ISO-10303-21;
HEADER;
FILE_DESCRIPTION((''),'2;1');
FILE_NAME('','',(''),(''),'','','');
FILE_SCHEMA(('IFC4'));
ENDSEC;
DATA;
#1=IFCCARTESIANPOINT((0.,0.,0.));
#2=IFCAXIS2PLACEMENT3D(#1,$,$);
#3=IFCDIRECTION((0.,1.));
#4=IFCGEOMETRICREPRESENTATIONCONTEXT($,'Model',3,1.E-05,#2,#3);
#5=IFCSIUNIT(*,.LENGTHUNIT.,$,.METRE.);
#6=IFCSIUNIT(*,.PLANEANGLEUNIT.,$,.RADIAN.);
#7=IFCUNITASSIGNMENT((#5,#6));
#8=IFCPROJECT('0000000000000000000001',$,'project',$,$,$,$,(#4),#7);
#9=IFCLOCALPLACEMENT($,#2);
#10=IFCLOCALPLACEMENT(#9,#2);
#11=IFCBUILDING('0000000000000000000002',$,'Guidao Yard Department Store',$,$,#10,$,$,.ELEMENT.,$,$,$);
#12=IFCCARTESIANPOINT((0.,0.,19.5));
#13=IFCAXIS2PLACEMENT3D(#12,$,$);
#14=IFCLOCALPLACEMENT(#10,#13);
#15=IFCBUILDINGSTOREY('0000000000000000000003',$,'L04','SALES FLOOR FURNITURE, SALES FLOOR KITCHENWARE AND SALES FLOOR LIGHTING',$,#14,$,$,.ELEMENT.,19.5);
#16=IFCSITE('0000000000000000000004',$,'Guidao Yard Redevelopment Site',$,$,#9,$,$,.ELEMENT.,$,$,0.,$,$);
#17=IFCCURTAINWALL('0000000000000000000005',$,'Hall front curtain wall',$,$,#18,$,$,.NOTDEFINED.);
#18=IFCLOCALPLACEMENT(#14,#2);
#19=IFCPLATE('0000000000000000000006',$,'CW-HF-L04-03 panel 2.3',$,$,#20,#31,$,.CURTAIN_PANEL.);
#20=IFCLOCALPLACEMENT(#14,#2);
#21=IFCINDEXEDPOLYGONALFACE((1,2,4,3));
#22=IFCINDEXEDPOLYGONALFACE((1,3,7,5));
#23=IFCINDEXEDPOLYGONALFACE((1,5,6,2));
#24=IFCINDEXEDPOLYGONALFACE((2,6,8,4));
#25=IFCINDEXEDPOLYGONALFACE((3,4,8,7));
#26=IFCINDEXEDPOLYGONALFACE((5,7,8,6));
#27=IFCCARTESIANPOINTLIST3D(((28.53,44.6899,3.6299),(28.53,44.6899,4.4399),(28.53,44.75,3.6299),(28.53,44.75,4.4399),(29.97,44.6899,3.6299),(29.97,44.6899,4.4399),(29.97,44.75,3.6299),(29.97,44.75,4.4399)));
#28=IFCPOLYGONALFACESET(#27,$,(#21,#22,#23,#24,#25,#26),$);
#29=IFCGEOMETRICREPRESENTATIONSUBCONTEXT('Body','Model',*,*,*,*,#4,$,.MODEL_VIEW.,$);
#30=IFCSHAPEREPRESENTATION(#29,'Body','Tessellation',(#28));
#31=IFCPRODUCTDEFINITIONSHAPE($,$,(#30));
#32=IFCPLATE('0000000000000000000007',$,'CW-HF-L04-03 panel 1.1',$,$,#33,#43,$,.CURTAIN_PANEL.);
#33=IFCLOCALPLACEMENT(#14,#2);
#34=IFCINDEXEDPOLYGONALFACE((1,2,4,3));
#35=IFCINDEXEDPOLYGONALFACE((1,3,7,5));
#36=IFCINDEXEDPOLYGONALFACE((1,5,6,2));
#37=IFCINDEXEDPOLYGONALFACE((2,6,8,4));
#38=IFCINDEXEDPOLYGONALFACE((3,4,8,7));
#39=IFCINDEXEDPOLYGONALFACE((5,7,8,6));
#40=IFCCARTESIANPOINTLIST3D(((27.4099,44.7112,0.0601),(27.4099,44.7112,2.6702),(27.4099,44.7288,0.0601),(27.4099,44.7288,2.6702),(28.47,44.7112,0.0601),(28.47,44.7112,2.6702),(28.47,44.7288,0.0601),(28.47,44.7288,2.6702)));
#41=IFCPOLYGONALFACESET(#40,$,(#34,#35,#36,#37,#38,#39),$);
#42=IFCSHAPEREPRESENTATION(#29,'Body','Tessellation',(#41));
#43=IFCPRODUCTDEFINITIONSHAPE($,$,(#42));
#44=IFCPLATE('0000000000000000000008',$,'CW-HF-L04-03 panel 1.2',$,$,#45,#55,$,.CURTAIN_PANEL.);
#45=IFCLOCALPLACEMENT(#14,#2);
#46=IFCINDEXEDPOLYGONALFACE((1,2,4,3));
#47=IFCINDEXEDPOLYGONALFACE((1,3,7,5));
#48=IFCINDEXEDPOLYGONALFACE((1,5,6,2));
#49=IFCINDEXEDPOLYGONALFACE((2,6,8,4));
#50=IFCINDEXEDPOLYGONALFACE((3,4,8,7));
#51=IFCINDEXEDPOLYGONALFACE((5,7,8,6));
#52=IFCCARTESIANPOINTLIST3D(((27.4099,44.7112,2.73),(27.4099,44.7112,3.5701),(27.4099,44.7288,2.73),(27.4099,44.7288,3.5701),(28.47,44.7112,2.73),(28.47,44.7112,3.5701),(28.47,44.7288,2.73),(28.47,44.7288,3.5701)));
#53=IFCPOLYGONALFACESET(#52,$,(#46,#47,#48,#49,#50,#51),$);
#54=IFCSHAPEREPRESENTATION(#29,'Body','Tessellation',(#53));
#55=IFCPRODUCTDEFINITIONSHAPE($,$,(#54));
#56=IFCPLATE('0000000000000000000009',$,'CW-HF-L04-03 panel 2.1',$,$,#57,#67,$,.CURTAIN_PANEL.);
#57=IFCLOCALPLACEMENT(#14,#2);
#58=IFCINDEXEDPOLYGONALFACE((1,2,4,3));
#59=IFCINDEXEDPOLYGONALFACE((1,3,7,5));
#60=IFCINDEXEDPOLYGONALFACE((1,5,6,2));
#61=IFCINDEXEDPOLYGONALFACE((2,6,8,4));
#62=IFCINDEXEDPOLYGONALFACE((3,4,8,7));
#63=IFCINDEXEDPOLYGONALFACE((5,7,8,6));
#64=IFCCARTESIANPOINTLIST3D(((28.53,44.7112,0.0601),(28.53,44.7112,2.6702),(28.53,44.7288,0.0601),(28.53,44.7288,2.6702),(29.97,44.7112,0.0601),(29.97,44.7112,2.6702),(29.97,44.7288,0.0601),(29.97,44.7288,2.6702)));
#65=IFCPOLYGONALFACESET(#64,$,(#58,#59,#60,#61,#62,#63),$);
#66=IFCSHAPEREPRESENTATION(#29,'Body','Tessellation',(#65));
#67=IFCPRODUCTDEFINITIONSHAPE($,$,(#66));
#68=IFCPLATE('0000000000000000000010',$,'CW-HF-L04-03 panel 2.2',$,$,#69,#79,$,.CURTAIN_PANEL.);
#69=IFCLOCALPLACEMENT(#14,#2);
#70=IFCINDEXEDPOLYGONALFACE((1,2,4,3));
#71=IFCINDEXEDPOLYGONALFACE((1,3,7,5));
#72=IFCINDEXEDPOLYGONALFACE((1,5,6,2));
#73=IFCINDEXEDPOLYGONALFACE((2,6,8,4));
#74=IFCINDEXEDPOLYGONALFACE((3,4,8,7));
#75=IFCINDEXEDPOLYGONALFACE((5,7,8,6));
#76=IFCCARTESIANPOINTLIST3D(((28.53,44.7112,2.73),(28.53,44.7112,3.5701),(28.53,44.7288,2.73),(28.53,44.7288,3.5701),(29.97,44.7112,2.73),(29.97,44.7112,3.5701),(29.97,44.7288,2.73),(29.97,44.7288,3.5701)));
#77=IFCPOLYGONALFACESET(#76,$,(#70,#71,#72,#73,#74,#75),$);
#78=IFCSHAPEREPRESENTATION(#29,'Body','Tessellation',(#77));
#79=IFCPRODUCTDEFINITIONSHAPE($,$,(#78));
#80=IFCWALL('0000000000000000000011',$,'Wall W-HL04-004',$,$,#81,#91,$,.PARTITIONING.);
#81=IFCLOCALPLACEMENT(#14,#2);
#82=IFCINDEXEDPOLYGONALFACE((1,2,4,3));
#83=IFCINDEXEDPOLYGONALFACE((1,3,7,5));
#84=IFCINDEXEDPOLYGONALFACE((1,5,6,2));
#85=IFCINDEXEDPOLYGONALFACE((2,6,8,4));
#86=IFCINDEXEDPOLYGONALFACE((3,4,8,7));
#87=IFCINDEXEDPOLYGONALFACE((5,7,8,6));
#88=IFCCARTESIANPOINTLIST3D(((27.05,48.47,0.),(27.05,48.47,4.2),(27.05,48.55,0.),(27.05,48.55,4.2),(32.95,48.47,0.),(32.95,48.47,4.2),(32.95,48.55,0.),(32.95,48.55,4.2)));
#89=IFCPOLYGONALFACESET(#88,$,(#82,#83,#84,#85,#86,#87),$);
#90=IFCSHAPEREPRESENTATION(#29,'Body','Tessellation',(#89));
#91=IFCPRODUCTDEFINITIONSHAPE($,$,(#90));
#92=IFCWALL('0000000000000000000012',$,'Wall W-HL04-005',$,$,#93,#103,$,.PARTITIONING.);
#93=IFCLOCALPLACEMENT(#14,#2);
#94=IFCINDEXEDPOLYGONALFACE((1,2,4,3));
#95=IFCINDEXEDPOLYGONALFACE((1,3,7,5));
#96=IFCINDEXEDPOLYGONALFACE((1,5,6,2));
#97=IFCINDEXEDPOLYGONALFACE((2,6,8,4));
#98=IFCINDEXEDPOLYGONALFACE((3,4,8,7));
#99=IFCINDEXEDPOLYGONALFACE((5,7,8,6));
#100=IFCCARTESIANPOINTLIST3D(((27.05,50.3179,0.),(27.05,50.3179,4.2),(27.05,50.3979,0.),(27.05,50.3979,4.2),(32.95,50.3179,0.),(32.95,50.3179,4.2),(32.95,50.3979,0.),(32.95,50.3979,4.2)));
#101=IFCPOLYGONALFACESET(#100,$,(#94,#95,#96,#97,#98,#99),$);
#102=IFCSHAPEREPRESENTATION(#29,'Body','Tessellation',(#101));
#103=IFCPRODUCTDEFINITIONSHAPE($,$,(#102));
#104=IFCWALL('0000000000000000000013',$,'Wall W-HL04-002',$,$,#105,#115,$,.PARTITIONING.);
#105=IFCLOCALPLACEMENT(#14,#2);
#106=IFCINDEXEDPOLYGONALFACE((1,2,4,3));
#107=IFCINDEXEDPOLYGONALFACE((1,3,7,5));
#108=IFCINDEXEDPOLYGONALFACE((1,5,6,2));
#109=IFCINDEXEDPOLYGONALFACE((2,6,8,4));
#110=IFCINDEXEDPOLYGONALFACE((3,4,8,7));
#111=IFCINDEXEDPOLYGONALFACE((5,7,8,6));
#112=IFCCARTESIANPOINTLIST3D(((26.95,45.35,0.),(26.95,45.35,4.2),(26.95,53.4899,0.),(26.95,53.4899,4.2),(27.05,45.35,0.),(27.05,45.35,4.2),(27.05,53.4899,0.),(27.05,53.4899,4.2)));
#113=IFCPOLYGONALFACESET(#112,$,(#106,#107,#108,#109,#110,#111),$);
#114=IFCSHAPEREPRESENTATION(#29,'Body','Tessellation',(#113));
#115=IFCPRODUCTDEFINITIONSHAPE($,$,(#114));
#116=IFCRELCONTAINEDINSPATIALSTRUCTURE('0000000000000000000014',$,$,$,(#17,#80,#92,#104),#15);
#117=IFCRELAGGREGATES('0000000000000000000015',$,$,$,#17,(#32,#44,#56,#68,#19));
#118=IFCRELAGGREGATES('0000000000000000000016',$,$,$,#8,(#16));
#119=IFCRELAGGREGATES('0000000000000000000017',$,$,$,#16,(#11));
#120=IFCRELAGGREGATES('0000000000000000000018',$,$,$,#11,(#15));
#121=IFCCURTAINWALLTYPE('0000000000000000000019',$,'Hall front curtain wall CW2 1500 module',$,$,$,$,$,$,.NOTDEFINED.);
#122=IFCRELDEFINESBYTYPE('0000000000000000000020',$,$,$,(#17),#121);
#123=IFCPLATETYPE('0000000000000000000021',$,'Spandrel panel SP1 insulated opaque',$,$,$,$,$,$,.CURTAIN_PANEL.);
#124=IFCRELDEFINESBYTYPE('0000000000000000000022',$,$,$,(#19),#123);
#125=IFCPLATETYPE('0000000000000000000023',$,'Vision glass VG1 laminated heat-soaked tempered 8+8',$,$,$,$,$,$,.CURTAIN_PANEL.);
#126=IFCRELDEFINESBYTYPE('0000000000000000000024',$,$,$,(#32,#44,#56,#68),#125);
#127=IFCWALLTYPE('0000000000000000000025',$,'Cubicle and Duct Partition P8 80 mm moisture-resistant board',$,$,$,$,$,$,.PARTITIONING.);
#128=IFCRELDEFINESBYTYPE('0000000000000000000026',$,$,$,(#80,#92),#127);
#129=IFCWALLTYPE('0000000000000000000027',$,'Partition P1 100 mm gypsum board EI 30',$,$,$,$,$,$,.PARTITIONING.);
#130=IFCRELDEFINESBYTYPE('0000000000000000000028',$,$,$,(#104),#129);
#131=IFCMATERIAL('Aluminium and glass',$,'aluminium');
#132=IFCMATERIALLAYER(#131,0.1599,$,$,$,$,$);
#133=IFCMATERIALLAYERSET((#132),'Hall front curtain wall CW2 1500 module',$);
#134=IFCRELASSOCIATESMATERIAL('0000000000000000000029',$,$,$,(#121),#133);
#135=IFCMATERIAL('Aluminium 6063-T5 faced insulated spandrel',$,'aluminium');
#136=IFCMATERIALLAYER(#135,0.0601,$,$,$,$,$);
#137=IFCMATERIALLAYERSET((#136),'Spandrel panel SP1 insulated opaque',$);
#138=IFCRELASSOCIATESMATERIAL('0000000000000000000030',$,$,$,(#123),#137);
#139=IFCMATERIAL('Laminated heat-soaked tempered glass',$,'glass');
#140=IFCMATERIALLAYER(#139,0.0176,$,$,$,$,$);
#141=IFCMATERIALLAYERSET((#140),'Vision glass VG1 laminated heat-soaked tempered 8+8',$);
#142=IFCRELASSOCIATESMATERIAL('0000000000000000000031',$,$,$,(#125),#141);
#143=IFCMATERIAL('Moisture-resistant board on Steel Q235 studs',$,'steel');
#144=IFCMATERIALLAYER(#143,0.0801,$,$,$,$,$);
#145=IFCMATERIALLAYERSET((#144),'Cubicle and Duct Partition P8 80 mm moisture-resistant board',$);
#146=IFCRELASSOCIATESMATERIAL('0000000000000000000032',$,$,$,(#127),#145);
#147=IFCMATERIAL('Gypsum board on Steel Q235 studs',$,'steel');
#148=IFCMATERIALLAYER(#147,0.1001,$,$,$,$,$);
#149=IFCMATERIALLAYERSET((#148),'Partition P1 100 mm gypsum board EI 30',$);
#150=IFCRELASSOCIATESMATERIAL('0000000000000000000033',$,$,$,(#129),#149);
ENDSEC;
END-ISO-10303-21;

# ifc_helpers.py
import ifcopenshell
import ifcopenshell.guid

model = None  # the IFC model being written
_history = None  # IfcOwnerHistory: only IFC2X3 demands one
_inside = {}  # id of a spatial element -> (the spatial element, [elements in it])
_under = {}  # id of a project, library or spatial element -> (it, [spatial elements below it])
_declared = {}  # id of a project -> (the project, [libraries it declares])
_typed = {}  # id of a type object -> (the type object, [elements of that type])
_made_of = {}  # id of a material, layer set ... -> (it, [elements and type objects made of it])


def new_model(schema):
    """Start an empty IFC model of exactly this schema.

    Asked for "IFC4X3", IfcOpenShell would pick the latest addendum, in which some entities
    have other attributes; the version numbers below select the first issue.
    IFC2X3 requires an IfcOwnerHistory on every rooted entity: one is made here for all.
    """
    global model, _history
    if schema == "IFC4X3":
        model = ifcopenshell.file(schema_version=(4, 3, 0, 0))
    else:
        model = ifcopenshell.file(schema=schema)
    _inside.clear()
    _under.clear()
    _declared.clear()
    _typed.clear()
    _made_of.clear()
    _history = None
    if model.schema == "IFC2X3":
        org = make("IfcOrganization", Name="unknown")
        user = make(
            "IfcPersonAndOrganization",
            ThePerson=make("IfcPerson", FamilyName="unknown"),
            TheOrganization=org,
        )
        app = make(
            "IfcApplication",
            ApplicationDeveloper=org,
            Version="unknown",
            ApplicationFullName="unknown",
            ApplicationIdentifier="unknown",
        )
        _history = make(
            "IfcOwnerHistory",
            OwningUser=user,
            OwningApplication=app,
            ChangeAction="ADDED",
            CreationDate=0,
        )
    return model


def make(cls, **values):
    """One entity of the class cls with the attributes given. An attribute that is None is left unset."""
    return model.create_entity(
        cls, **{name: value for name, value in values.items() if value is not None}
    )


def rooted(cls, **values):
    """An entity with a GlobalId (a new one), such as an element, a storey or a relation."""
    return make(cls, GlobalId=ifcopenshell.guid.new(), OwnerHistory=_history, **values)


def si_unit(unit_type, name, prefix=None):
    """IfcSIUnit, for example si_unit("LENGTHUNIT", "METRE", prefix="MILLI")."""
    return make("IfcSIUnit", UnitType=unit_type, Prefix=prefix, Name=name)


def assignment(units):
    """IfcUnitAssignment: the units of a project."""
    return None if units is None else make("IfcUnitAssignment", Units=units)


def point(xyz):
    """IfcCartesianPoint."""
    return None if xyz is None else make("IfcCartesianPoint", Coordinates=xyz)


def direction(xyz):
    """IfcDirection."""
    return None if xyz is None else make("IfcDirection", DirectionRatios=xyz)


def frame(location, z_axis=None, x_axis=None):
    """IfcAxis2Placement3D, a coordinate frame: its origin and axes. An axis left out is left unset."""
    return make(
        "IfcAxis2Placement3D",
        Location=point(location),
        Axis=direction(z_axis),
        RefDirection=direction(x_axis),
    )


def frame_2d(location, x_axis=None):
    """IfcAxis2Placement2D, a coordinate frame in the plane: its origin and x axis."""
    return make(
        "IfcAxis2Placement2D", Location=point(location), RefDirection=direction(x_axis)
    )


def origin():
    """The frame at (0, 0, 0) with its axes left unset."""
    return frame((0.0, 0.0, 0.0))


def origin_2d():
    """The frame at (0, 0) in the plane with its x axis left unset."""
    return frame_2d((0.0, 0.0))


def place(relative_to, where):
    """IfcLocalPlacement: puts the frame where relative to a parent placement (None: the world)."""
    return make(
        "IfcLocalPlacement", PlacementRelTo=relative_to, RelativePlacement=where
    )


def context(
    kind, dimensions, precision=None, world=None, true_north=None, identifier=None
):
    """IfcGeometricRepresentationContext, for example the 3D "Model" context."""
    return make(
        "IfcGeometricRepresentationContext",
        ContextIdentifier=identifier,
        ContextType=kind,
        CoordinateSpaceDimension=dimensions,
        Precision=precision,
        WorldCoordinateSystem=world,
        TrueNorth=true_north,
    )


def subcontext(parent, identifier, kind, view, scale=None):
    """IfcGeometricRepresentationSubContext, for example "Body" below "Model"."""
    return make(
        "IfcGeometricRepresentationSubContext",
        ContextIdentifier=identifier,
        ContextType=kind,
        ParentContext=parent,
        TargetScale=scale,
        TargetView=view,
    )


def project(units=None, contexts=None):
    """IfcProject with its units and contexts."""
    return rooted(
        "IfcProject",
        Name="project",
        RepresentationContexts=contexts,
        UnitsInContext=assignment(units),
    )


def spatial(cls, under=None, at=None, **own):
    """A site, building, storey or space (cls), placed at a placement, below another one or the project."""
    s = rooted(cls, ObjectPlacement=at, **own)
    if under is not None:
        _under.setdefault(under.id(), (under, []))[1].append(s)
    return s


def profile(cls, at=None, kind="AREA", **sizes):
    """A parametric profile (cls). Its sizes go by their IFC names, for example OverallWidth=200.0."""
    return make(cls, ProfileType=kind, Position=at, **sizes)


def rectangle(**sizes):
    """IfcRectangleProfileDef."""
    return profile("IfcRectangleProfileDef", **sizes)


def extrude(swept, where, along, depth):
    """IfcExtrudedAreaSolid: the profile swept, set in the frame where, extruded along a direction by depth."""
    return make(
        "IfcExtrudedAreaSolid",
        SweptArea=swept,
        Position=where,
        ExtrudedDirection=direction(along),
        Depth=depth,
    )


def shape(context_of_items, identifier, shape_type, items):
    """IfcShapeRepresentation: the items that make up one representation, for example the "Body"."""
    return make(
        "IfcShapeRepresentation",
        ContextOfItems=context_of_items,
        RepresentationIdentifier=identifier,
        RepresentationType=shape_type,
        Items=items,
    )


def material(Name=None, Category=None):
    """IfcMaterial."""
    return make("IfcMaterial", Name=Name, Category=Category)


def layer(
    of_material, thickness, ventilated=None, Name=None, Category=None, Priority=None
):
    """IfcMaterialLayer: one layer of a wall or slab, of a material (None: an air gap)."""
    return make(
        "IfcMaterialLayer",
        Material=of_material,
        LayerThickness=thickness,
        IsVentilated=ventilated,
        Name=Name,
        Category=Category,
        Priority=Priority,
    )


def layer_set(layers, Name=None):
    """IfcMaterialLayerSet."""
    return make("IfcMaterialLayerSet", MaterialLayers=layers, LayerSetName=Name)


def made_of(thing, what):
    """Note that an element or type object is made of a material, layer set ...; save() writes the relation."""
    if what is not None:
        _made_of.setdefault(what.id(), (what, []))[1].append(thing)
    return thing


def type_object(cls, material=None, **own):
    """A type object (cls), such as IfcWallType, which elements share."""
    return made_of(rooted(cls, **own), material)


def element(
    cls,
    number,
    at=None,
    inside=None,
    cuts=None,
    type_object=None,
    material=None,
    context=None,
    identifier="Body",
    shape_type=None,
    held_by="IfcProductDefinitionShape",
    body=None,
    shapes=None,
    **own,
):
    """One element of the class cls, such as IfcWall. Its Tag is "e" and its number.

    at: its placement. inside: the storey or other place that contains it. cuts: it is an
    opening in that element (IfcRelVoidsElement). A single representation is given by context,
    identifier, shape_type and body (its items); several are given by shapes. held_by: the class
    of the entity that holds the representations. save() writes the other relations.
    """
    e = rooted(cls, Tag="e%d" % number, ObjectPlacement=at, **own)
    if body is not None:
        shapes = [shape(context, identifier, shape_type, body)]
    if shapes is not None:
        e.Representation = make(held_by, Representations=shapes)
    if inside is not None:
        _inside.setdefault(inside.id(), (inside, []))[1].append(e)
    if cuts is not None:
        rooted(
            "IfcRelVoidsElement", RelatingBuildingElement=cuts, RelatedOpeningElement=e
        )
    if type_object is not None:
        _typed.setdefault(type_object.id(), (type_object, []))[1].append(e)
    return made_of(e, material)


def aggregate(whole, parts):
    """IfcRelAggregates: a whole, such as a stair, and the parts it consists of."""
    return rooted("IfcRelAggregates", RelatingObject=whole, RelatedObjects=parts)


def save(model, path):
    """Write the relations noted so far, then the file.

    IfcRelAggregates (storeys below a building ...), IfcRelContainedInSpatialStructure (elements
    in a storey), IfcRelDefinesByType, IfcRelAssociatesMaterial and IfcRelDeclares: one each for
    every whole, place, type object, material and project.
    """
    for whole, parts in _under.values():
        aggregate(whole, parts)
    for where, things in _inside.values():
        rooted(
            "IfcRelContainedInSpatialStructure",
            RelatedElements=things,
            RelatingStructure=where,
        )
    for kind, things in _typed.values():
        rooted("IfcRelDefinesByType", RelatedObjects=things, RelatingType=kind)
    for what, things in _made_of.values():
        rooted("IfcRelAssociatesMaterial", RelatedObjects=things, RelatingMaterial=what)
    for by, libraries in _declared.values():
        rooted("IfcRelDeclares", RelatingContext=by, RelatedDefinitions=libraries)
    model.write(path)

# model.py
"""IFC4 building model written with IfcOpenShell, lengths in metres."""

from ifc_helpers import new_model, si_unit, direction, frame, frame_2d, origin, origin_2d, place, context, subcontext, project, spatial, rectangle, extrude, material, layer, layer_set, type_object, element, aggregate, save


model = new_model("IFC4")

# Units and contexts
model_context = context("Model", 3, precision=1e-05, world=origin(), true_north=direction((0.0, 1.0)))
body_context = subcontext(model_context, "Body", "Model", "MODEL_VIEW")
ifc_project = project(units=[si_unit("LENGTHUNIT", "METRE"), si_unit("PLANEANGLEUNIT", "RADIAN")], contexts=[model_context])

# Site, building, storey
site_placement = place(None, origin())
site = spatial("IfcSite", under=ifc_project, at=site_placement, Name="Guidao Yard Redevelopment Site", CompositionType="ELEMENT", RefElevation=0.0)
building_placement = place(site_placement, origin())
building = spatial("IfcBuilding", under=site, at=building_placement, Name="Guidao Yard Department Store", CompositionType="ELEMENT")
storey_placement = place(building_placement, frame((0.0, 0.0, 19.5)))
storey = spatial("IfcBuildingStorey", under=building, at=storey_placement, Name="L04", Description="SALES FLOOR FURNITURE, SALES FLOOR KITCHENWARE AND SALES FLOOR LIGHTING", CompositionType="ELEMENT", Elevation=19.5)

# Shared definitions
ifc_material_1 = material(Name="Aluminium and glass", Category="aluminium")
ifc_layer_1 = layer(ifc_material_1, 0.1599)
ifc_layer_set_1 = layer_set([ifc_layer_1], Name="Hall front curtain wall CW2 1500 module")
curtain_wall_type = type_object("IfcCurtainWallType", Name="Hall front curtain wall CW2 1500 module", PredefinedType="NOTDEFINED", material=ifc_layer_set_1)

# Curtain wall
curtain_wall_1_placement = place(storey_placement, origin())
curtain_wall_1 = element("IfcCurtainWall", 1, at=curtain_wall_1_placement, inside=storey, type_object=curtain_wall_type, Name="Hall front curtain wall", PredefinedType="NOTDEFINED")

# Plates
ifc_material_2 = material(Name="Aluminium 6063-T5 faced insulated spandrel", Category="aluminium")
ifc_layer_2 = layer(ifc_material_2, 0.0601)
ifc_layer_set_2 = layer_set([ifc_layer_2], Name="Spandrel panel SP1 insulated opaque")
plate_type_1 = type_object("IfcPlateType", Name="Spandrel panel SP1 insulated opaque", PredefinedType="CURTAIN_PANEL", material=ifc_layer_set_2)
plate_1_placement = place(storey_placement, frame((29.25, 44.72, 3.6299), z_axis=(0.0, 0.0, 1.0), x_axis=(-1.0, 0.0, 0.0)))
plate_1 = element("IfcPlate", 2, at=plate_1_placement, type_object=plate_type_1, Name="CW-HF-L04-03 panel 2.3", PredefinedType="CURTAIN_PANEL", context=body_context, shape_type="SweptSolid", body=[
    extrude(rectangle(XDim=1.4399, YDim=0.0601, at=origin_2d()), origin(), (0.0, 0.0, 1.0), 0.8101),
])
ifc_material_3 = material(Name="Laminated heat-soaked tempered glass", Category="glass")
ifc_layer_3 = layer(ifc_material_3, 0.0176)
ifc_layer_set_3 = layer_set([ifc_layer_3], Name="Vision glass VG1 laminated heat-soaked tempered 8+8")
plate_type_2 = type_object("IfcPlateType", Name="Vision glass VG1 laminated heat-soaked tempered 8+8", PredefinedType="CURTAIN_PANEL", material=ifc_layer_set_3)
plate_2_placement = place(storey_placement, frame((27.9399, 44.72, 0.0601), z_axis=(0.0, 0.0, 1.0), x_axis=(-1.0, 0.0, 0.0)))
plate_2 = element("IfcPlate", 3, at=plate_2_placement, type_object=plate_type_2, Name="CW-HF-L04-03 panel 1.1", PredefinedType="CURTAIN_PANEL", context=body_context, shape_type="SweptSolid", body=[
    extrude(rectangle(XDim=1.0601, YDim=0.0176, at=origin_2d()), origin(), (0.0, 0.0, 1.0), 2.6101),
])
plate_3_placement = place(storey_placement, frame((27.9399, 44.72, 2.73), z_axis=(0.0, 0.0, 1.0), x_axis=(-1.0, 0.0, 0.0)))
plate_3 = element("IfcPlate", 4, at=plate_3_placement, type_object=plate_type_2, Name="CW-HF-L04-03 panel 1.2", PredefinedType="CURTAIN_PANEL", context=body_context, shape_type="SweptSolid", body=[
    extrude(rectangle(XDim=1.0601, YDim=0.0176, at=origin_2d()), origin(), (0.0, 0.0, 1.0), 0.8401),
])
plate_4_placement = place(storey_placement, frame((29.25, 44.72, 0.0601), z_axis=(0.0, 0.0, 1.0), x_axis=(-1.0, 0.0, 0.0)))
plate_4 = element("IfcPlate", 5, at=plate_4_placement, type_object=plate_type_2, Name="CW-HF-L04-03 panel 2.1", PredefinedType="CURTAIN_PANEL", context=body_context, shape_type="SweptSolid", body=[
    extrude(rectangle(XDim=1.4399, YDim=0.0176, at=origin_2d()), origin(), (0.0, 0.0, 1.0), 2.6101),
])
plate_5_placement = place(storey_placement, frame((29.25, 44.72, 2.73), z_axis=(0.0, 0.0, 1.0), x_axis=(-1.0, 0.0, 0.0)))
plate_5 = element("IfcPlate", 6, at=plate_5_placement, type_object=plate_type_2, Name="CW-HF-L04-03 panel 2.2", PredefinedType="CURTAIN_PANEL", context=body_context, shape_type="SweptSolid", body=[
    extrude(rectangle(XDim=1.4399, YDim=0.0176, at=origin_2d()), origin(), (0.0, 0.0, 1.0), 0.8401),
])
aggregate(curtain_wall_1, [plate_2, plate_3, plate_4, plate_5, plate_1])

# Walls
ifc_material_4 = material(Name="Moisture-resistant board on Steel Q235 studs", Category="steel")
ifc_layer_4 = layer(ifc_material_4, 0.0801)
ifc_layer_set_4 = layer_set([ifc_layer_4], Name="Cubicle and Duct Partition P8 80 mm moisture-resistant board")
wall_type_1 = type_object("IfcWallType", Name="Cubicle and Duct Partition P8 80 mm moisture-resistant board", PredefinedType="PARTITIONING", material=ifc_layer_set_4)
for number, where, z_axis, x_axis, name in (
    (7, (27.05, 48.51, 0.0), (0.0, 0.0, 1.0), (1.0, 0.0, 0.0), "Wall W-HL04-004"),
    (8, (27.05, 50.3579, 0.0), (0.0, 0.0, 1.0), (1.0, 0.0, 0.0), "Wall W-HL04-005"),
):
    element("IfcWall", number, at=place(storey_placement, frame(where, z_axis=z_axis, x_axis=x_axis)), inside=storey, type_object=wall_type_1, Name=name, PredefinedType="PARTITIONING", context=body_context, shape_type="SweptSolid", body=[
        extrude(rectangle(XDim=5.8999, YDim=0.0801, at=frame_2d((2.95, 0.0))), origin(), (0.0, 0.0, 1.0), 4.2),
    ])
ifc_material_5 = material(Name="Gypsum board on Steel Q235 studs", Category="steel")
ifc_layer_5 = layer(ifc_material_5, 0.1001)
ifc_layer_set_5 = layer_set([ifc_layer_5], Name="Partition P1 100 mm gypsum board EI 30")
wall_type_2 = type_object("IfcWallType", Name="Partition P1 100 mm gypsum board EI 30", PredefinedType="PARTITIONING", material=ifc_layer_set_5)
wall_placement = place(storey_placement, frame((27.0, 45.3501, 0.0), z_axis=(0.0, 0.0, 1.0), x_axis=(0.0, 1.0, 0.0)))
element("IfcWall", 9, at=wall_placement, inside=storey, type_object=wall_type_2, Name="Wall W-HL04-002", PredefinedType="PARTITIONING", context=body_context, shape_type="SweptSolid", body=[
    extrude(rectangle(XDim=8.1399, YDim=0.1001, at=frame_2d((4.0698, 0.0))), origin(), (0.0, 0.0, 1.0), 4.2),
])

save(model, "model.ifc")
